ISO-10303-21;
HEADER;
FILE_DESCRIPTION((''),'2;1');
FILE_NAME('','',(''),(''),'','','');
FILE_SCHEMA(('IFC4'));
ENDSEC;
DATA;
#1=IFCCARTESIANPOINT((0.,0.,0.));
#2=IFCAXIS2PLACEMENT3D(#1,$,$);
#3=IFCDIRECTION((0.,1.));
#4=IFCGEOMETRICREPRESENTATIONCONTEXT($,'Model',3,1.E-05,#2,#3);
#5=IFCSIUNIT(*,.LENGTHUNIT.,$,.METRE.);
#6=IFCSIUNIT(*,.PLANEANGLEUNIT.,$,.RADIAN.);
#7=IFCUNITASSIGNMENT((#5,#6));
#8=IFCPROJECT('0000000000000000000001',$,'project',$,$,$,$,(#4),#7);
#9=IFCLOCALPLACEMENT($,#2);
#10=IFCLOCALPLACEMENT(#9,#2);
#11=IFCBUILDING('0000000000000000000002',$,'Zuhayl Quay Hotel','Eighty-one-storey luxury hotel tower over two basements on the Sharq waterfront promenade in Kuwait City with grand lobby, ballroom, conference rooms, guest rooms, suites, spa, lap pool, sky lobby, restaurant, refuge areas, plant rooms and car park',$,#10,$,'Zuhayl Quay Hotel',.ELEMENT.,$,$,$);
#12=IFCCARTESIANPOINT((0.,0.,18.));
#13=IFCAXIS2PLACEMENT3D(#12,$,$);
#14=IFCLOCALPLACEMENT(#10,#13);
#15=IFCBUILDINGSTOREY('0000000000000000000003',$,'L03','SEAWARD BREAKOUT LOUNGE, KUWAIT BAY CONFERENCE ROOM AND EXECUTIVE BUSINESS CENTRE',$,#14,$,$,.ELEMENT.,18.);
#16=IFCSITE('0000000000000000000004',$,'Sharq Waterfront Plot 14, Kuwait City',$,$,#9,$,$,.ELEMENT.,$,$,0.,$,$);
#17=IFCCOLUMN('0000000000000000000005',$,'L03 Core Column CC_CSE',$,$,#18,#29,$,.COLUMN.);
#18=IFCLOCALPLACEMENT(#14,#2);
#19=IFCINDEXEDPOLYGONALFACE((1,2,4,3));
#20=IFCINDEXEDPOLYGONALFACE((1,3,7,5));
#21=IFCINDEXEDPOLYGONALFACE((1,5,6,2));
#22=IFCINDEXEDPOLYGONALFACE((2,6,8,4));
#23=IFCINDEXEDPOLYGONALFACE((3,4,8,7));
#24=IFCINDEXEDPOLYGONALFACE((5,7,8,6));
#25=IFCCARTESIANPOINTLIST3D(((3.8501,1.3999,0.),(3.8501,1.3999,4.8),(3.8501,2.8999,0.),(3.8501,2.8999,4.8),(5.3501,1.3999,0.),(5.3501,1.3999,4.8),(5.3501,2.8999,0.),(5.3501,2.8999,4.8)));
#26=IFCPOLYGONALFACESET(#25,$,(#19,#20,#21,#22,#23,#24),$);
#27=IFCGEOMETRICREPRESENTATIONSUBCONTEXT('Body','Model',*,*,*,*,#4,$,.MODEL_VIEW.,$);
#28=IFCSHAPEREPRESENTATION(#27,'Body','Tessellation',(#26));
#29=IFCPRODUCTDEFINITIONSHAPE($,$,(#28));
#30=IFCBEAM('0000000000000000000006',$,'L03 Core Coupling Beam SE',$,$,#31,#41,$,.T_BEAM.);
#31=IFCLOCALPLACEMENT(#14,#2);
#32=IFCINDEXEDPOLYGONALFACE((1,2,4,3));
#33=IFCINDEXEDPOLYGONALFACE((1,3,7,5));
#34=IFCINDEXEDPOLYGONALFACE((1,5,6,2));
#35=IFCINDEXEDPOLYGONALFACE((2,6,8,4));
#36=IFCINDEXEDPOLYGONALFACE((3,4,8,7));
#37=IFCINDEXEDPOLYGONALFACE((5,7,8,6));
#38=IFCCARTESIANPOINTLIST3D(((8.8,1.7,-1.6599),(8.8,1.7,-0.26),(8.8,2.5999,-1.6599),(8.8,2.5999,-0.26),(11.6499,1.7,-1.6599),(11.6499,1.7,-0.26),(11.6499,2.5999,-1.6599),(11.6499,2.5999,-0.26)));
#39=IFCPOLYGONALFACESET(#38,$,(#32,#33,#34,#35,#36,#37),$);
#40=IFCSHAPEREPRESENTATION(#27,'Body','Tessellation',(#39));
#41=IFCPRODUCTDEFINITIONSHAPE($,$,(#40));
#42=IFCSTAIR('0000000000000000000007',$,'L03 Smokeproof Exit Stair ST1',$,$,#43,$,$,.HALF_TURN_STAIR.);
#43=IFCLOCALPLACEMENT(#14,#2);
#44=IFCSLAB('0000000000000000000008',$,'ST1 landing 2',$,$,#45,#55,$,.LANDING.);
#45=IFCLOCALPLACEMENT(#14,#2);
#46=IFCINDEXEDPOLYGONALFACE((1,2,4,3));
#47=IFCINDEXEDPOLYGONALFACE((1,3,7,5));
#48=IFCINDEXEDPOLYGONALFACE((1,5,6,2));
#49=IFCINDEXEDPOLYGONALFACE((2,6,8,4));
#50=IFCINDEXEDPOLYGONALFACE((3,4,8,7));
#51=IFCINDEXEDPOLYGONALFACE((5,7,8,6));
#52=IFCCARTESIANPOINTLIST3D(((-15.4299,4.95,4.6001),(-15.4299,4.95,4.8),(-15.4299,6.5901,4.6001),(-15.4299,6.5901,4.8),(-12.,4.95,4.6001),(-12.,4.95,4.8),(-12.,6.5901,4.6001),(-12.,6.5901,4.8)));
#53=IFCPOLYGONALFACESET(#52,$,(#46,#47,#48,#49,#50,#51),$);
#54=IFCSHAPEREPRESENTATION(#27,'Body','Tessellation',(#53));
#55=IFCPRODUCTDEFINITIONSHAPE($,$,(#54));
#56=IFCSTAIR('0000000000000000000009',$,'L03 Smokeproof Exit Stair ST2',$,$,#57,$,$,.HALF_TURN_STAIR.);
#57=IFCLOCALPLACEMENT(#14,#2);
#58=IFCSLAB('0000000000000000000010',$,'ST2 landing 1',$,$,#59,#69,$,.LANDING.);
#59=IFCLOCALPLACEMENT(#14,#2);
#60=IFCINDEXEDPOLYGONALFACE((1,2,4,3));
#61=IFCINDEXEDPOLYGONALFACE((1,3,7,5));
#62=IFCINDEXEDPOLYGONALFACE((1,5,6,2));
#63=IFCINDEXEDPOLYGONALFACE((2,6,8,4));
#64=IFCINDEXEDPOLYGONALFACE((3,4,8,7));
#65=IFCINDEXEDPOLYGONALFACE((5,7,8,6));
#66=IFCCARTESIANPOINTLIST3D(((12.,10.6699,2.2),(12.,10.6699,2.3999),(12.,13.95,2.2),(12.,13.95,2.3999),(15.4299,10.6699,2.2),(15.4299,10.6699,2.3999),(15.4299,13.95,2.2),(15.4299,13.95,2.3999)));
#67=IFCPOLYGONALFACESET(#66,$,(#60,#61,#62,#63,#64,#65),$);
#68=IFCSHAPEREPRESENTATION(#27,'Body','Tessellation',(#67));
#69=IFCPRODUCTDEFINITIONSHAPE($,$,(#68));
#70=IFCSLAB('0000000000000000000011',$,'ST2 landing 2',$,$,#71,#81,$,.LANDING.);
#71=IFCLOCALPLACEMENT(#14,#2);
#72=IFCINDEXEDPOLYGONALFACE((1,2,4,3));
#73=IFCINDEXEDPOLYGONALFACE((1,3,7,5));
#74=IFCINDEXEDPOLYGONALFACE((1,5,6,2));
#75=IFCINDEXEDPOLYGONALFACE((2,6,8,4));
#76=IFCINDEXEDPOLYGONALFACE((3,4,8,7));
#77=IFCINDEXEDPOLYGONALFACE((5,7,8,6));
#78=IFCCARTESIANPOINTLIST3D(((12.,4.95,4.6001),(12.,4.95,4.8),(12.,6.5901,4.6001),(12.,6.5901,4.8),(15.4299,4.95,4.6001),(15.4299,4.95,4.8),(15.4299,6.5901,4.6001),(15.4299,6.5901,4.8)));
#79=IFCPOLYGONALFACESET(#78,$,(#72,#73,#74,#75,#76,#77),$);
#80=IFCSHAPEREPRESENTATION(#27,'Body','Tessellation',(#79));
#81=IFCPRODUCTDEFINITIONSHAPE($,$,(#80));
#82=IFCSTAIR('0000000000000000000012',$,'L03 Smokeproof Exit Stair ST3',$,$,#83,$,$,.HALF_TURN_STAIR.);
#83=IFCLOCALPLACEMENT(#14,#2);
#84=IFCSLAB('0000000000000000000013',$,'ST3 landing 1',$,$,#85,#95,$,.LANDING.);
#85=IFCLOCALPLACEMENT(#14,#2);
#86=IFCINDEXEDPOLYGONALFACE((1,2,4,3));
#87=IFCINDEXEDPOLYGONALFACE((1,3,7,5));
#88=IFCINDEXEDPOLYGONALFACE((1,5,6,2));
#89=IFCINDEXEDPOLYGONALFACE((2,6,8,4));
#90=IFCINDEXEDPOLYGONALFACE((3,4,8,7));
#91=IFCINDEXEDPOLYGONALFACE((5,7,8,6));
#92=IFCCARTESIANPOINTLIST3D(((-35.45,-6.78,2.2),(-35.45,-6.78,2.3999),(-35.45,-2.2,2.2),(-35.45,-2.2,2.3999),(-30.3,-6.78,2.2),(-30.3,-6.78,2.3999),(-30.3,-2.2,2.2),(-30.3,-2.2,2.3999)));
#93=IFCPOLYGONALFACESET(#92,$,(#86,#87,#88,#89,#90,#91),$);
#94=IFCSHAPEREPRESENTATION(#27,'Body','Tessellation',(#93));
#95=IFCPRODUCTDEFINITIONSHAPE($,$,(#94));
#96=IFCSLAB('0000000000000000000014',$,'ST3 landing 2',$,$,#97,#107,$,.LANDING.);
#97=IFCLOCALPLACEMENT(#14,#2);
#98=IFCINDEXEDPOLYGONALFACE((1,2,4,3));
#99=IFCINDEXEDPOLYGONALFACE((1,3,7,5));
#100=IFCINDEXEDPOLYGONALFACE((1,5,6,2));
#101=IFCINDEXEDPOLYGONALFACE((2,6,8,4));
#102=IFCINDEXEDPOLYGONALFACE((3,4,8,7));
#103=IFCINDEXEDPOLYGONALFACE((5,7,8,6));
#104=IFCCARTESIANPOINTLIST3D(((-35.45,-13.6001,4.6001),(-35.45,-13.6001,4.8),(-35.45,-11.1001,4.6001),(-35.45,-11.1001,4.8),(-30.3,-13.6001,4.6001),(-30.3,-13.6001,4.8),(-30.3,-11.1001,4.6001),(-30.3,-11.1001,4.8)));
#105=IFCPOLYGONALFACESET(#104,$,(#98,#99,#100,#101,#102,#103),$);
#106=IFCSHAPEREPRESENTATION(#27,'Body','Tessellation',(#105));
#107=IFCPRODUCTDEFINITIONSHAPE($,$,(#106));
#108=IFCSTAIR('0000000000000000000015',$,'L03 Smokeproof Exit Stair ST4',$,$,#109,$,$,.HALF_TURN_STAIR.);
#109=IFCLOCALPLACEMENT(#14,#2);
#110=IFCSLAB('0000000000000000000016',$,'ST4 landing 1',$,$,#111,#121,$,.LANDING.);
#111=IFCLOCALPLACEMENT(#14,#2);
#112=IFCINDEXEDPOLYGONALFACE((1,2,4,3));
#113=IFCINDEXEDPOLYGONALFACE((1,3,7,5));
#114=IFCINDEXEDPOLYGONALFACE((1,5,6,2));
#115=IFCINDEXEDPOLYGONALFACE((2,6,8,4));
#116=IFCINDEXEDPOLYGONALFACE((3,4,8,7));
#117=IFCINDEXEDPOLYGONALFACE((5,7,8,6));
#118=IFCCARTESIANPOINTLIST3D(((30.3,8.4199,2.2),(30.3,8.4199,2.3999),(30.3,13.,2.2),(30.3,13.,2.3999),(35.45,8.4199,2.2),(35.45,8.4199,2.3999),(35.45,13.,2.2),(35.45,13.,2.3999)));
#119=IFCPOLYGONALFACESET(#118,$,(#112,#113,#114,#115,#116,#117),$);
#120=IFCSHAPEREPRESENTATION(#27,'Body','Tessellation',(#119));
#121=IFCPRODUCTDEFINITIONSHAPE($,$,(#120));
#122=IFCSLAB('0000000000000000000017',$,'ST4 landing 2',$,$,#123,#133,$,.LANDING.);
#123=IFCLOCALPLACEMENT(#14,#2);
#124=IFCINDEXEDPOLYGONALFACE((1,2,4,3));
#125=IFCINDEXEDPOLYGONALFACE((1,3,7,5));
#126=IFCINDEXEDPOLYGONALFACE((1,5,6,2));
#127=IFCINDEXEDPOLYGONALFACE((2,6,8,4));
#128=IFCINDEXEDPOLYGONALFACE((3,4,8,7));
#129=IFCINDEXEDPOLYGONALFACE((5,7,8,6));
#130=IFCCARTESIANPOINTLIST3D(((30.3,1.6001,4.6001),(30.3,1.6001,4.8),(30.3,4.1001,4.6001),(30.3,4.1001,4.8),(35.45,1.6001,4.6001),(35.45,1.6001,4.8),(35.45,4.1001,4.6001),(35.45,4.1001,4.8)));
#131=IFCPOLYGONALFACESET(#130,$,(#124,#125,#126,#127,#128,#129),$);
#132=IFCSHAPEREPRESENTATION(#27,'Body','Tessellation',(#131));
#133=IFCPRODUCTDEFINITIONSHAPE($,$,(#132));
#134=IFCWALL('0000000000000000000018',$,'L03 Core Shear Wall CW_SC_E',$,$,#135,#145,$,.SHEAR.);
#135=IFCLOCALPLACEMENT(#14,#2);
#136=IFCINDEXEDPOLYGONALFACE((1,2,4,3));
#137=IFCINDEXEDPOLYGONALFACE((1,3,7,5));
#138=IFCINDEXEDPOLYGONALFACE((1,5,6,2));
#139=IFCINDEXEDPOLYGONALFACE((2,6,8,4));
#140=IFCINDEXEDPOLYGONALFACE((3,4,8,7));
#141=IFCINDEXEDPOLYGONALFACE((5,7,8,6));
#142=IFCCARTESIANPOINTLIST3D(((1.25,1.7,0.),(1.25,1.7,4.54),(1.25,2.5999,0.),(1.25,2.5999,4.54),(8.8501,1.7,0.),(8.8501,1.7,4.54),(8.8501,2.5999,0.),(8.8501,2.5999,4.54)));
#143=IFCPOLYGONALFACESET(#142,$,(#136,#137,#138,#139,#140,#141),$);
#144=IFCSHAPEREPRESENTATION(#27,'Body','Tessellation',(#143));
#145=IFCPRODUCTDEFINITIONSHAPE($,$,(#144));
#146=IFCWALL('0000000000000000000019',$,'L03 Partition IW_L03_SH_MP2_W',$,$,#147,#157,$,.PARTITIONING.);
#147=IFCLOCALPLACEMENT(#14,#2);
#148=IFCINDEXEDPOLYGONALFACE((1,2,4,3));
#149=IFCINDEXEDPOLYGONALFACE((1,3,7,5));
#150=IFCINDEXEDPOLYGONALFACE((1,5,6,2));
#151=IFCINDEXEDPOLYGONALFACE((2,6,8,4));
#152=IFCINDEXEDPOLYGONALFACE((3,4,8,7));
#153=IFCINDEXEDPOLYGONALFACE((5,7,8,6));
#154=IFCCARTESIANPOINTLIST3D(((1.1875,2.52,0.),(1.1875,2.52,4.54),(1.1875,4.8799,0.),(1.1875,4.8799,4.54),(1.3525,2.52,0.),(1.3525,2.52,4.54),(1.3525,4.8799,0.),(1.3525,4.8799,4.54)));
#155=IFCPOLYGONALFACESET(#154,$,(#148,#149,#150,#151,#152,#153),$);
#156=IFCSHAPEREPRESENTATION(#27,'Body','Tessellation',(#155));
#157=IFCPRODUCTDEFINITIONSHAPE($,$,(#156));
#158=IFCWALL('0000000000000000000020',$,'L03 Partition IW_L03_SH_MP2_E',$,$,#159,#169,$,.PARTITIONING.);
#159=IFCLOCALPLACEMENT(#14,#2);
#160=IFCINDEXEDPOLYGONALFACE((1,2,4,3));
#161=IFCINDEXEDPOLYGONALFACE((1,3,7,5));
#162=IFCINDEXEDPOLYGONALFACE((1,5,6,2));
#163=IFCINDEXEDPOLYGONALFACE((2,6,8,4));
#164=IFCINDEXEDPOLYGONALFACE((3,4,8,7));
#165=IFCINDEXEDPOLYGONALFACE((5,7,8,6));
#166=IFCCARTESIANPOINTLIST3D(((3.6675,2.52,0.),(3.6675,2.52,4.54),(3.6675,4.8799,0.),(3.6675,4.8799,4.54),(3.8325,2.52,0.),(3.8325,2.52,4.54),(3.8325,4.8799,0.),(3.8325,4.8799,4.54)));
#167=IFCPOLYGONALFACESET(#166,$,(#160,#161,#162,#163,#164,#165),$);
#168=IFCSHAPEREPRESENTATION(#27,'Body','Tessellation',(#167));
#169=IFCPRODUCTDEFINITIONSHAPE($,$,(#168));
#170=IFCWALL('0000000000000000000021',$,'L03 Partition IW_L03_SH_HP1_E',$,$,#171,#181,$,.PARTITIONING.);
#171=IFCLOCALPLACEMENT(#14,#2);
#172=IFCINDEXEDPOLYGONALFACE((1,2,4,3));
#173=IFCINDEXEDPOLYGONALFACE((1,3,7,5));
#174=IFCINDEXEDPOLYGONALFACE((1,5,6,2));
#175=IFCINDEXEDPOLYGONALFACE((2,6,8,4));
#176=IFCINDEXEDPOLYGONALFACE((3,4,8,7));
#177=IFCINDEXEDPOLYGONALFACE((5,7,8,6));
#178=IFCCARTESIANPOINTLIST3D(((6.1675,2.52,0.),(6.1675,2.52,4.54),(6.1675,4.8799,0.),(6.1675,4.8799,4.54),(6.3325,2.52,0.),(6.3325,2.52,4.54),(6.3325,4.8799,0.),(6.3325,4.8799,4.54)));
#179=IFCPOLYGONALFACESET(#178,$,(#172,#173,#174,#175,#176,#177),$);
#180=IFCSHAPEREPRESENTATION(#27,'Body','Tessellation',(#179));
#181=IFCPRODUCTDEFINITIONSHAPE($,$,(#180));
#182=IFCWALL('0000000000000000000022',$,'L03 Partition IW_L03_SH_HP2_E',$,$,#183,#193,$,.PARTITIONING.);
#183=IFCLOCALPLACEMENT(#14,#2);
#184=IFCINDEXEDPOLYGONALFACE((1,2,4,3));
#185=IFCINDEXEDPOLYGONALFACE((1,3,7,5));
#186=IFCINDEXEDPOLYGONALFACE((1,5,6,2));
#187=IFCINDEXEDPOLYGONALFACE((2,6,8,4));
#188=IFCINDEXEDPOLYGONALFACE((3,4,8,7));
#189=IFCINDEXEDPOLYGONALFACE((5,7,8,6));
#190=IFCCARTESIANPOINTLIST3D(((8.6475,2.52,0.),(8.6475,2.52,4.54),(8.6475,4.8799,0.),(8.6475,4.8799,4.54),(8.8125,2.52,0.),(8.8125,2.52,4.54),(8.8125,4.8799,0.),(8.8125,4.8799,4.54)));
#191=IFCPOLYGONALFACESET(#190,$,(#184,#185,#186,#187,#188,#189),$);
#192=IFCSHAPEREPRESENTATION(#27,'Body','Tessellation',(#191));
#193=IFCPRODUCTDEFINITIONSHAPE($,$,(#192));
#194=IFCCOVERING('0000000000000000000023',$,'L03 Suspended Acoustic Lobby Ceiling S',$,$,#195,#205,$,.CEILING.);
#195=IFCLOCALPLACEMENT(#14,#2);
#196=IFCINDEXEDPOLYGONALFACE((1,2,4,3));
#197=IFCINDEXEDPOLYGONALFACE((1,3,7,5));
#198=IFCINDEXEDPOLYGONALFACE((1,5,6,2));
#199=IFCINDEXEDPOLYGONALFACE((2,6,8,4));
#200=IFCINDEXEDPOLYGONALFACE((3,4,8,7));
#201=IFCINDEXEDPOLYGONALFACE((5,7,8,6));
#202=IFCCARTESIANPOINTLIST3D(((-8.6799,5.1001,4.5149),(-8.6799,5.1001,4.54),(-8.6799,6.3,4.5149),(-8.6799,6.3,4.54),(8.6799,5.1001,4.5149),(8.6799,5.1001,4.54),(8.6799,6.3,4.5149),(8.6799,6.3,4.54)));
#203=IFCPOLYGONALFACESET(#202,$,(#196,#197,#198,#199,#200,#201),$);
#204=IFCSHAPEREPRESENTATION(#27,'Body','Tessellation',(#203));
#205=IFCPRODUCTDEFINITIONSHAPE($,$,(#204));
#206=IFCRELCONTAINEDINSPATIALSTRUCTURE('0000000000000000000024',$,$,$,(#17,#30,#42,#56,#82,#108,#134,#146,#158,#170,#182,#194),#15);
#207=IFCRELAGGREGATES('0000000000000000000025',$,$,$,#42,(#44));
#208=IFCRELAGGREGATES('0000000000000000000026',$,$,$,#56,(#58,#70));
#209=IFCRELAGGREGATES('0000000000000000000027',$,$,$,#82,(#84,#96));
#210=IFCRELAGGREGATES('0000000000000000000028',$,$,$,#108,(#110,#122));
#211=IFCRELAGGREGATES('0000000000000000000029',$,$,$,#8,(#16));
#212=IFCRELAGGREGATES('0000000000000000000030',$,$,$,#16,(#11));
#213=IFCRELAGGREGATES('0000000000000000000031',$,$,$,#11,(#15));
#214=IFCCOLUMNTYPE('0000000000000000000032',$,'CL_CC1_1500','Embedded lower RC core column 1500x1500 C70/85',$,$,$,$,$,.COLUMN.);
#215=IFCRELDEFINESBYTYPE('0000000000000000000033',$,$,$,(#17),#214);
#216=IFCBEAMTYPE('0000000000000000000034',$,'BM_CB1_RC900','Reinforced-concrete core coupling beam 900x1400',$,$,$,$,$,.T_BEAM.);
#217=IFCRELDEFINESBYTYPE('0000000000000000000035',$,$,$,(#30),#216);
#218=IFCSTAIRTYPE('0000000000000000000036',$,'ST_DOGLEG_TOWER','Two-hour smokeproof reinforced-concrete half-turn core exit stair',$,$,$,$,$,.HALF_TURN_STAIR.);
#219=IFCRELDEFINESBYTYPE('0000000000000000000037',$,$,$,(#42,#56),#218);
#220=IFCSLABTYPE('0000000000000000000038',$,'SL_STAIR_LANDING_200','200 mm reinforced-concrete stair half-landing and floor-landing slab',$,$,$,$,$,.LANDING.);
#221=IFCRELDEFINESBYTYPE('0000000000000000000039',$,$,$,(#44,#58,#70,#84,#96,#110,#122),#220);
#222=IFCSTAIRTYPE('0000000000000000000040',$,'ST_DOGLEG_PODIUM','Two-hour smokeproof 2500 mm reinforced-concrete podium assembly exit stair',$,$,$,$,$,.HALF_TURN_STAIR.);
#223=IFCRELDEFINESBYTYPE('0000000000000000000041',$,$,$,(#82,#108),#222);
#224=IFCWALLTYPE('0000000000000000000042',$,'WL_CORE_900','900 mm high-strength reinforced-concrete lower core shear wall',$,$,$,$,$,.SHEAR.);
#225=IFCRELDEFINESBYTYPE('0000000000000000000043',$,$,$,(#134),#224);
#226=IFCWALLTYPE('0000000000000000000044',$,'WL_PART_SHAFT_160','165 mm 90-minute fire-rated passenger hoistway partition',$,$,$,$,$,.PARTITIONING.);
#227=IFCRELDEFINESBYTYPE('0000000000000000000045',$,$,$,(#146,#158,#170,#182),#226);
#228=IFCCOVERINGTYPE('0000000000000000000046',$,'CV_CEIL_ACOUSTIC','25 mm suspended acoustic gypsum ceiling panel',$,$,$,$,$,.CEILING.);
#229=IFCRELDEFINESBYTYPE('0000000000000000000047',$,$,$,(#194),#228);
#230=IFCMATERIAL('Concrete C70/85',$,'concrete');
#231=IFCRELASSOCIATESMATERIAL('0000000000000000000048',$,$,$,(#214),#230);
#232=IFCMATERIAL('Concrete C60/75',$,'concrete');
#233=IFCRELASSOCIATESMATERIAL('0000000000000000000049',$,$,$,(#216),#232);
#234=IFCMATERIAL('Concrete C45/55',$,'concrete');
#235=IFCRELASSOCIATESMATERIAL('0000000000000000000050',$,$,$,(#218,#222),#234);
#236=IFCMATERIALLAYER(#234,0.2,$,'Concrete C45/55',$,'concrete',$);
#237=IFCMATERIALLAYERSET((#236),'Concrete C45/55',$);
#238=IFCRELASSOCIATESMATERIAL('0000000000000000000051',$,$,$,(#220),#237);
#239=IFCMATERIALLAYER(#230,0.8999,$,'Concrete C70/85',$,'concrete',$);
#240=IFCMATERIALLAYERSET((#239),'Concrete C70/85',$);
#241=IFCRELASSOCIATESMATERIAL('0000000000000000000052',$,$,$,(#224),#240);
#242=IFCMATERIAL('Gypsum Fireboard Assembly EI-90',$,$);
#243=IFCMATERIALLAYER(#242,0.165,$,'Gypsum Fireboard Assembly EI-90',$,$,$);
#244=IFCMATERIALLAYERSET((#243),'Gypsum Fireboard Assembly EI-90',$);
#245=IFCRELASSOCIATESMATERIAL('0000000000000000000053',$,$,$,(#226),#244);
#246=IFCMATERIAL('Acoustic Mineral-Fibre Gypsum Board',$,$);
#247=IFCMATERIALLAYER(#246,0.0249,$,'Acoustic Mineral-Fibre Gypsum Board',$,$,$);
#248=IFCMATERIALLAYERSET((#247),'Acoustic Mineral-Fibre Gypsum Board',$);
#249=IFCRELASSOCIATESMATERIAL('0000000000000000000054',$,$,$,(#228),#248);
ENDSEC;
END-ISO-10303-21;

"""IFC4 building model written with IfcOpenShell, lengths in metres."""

from ifc_helpers import new_model, si_unit, direction, frame, frame_2d, origin, origin_2d, place, context, subcontext, project, spatial, polyline, rectangle, outline, extrude, material, layer, layer_set, material_profile, profile_set, type_object, element, aggregate, save


model = new_model("IFC4")

# Units and contexts
model_context = context("Model", 3, precision=1e-05, world=origin(), true_north=direction((0.0, 1.0)))
body_context = subcontext(model_context, "Body", "Model", "MODEL_VIEW")
ifc_project = project(units=[si_unit("LENGTHUNIT", "METRE"), si_unit("PLANEANGLEUNIT", "RADIAN")], contexts=[model_context])

# Site, building, storey
site_placement = place(None, origin())
site = spatial("IfcSite", under=ifc_project, at=site_placement, Name="Sharq Waterfront Plot 14, Kuwait City", CompositionType="ELEMENT", RefElevation=0.0)
building_placement = place(site_placement, origin())
building = spatial("IfcBuilding", under=site, at=building_placement, Name="Zuhayl Quay Hotel", Description="Eighty-one-storey luxury hotel tower over two basements on the Sharq waterfront promenade in Kuwait City with grand lobby, ballroom, conference rooms, guest rooms, suites, spa, lap pool, sky lobby, restaurant, refuge areas, plant rooms and car park", LongName="Zuhayl Quay Hotel", CompositionType="ELEMENT")
storey_placement = place(building_placement, frame((0.0, 0.0, 18.0)))
storey = spatial("IfcBuildingStorey", under=building, at=storey_placement, Name="L03", Description="SEAWARD BREAKOUT LOUNGE, KUWAIT BAY CONFERENCE ROOM AND EXECUTIVE BUSINESS CENTRE", CompositionType="ELEMENT", Elevation=18.0)

# Column
ifc_material_1 = material(Name="Concrete C70/85", Category="concrete")
ifc_material_profile_1 = material_profile(ifc_material_1, rectangle(XDim=1.5, YDim=1.5, at=origin_2d()), Name="RC1500X1500")
ifc_profile_set_1 = profile_set([ifc_material_profile_1], Name="Concrete C70/85")
column_type = type_object("IfcColumnType", Name="CL_CC1_1500", Description="Embedded lower RC core column 1500x1500 C70/85", PredefinedType="COLUMN", material=ifc_profile_set_1)
column_placement = place(storey_placement, frame((4.6001, 2.1499, 0.0), z_axis=(0.0, 0.0, 1.0), x_axis=(1.0, 0.0, 0.0)))
element("IfcColumn", 1, at=column_placement, inside=storey, type_object=column_type, Name="L03 Core Column CC_CSE", PredefinedType="COLUMN", context=body_context, shape_type="SweptSolid", body=[
    extrude(rectangle(XDim=1.5, YDim=1.5, at=origin_2d()), origin(), (0.0, 0.0, 1.0), 4.8),
])

# Beam
ifc_material_2 = material(Name="Concrete C60/75", Category="concrete")
ifc_material_profile_2 = material_profile(ifc_material_2, rectangle(XDim=0.8999, YDim=1.3999, at=origin_2d()), Name="RC900X1400")
ifc_profile_set_2 = profile_set([ifc_material_profile_2], Name="Concrete C60/75")
beam_type = type_object("IfcBeamType", Name="BM_CB1_RC900", Description="Reinforced-concrete core coupling beam 900x1400", PredefinedType="T_BEAM", material=ifc_profile_set_2)
beam_placement = place(storey_placement, frame((8.8, 2.1499, -0.96), z_axis=(1.0, 0.0, 0.0), x_axis=(0.0, 1.0, 0.0)))
element("IfcBeam", 2, at=beam_placement, inside=storey, type_object=beam_type, Name="L03 Core Coupling Beam SE", PredefinedType="T_BEAM", context=body_context, shape_type="SweptSolid", body=[
    extrude(rectangle(XDim=0.8999, YDim=1.3999, at=origin_2d()), origin(), (0.0, 0.0, 1.0), 2.8499),
])

# Stair, slab
ifc_material_3 = material(Name="Concrete C45/55", Category="concrete")
stair_type_1 = type_object("IfcStairType", Name="ST_DOGLEG_TOWER", Description="Two-hour smokeproof reinforced-concrete half-turn core exit stair", PredefinedType="HALF_TURN_STAIR", material=ifc_material_3)
stair_1_placement = place(storey_placement, origin())
stair_1 = element("IfcStair", 3, at=stair_1_placement, inside=storey, type_object=stair_type_1, Name="L03 Smokeproof Exit Stair ST1", PredefinedType="HALF_TURN_STAIR")
ifc_layer_1 = layer(ifc_material_3, 0.2, Name="Concrete C45/55", Category="concrete")
ifc_layer_set_1 = layer_set([ifc_layer_1], Name="Concrete C45/55")
slab_type = type_object("IfcSlabType", Name="SL_STAIR_LANDING_200", Description="200 mm reinforced-concrete stair half-landing and floor-landing slab", PredefinedType="LANDING", material=ifc_layer_set_1)
slab_1_placement = place(storey_placement, frame((0.0, 0.0, 4.6001)))
slab_1 = element("IfcSlab", 4, at=slab_1_placement, type_object=slab_type, Name="ST1 landing 2", PredefinedType="LANDING", context=body_context, shape_type="SweptSolid", body=[
    extrude(outline(polyline([(-12.0, 4.95), (-12.0, 6.5901), (-15.4299, 6.5901), (-15.4299, 4.95), (-12.0, 4.95)])), origin(), (0.0, 0.0, 1.0), 0.2),
])
aggregate(stair_1, [slab_1])

# Stairs, slabs
stair_2_placement = place(storey_placement, origin())
stair_2 = element("IfcStair", 5, at=stair_2_placement, inside=storey, type_object=stair_type_1, Name="L03 Smokeproof Exit Stair ST2", PredefinedType="HALF_TURN_STAIR")
slab_2_placement = place(storey_placement, frame((0.0, 0.0, 2.2)))
slab_2 = element("IfcSlab", 6, at=slab_2_placement, type_object=slab_type, Name="ST2 landing 1", PredefinedType="LANDING", context=body_context, shape_type="SweptSolid", body=[
    extrude(outline(polyline([(15.4299, 10.6699), (15.4299, 13.95), (12.0, 13.95), (12.0, 10.6699), (15.4299, 10.6699)])), origin(), (0.0, 0.0, 1.0), 0.2),
])
slab_3_placement = place(storey_placement, frame((0.0, 0.0, 4.6001)))
slab_3 = element("IfcSlab", 7, at=slab_3_placement, type_object=slab_type, Name="ST2 landing 2", PredefinedType="LANDING", context=body_context, shape_type="SweptSolid", body=[
    extrude(outline(polyline([(15.4299, 4.95), (15.4299, 6.5901), (12.0, 6.5901), (12.0, 4.95), (15.4299, 4.95)])), origin(), (0.0, 0.0, 1.0), 0.2),
])
aggregate(stair_2, [slab_2, slab_3])
stair_type_2 = type_object("IfcStairType", Name="ST_DOGLEG_PODIUM", Description="Two-hour smokeproof 2500 mm reinforced-concrete podium assembly exit stair", PredefinedType="HALF_TURN_STAIR", material=ifc_material_3)
stair_3_placement = place(storey_placement, origin())
stair_3 = element("IfcStair", 8, at=stair_3_placement, inside=storey, type_object=stair_type_2, Name="L03 Smokeproof Exit Stair ST3", PredefinedType="HALF_TURN_STAIR")
slab_4_placement = place(storey_placement, frame((0.0, 0.0, 2.2)))
slab_4 = element("IfcSlab", 9, at=slab_4_placement, type_object=slab_type, Name="ST3 landing 1", PredefinedType="LANDING", context=body_context, shape_type="SweptSolid", body=[
    extrude(outline(polyline([(-30.3, -6.78), (-30.3, -2.2), (-35.45, -2.2), (-35.45, -6.78), (-30.3, -6.78)])), origin(), (0.0, 0.0, 1.0), 0.2),
])
slab_5_placement = place(storey_placement, frame((0.0, 0.0, 4.6001)))
slab_5 = element("IfcSlab", 10, at=slab_5_placement, type_object=slab_type, Name="ST3 landing 2", PredefinedType="LANDING", context=body_context, shape_type="SweptSolid", body=[
    extrude(outline(polyline([(-30.3, -13.6001), (-30.3, -11.1001), (-35.45, -11.1001), (-35.45, -13.6001), (-30.3, -13.6001)])), origin(), (0.0, 0.0, 1.0), 0.2),
])
aggregate(stair_3, [slab_4, slab_5])
stair_4_placement = place(storey_placement, origin())
stair_4 = element("IfcStair", 11, at=stair_4_placement, inside=storey, type_object=stair_type_2, Name="L03 Smokeproof Exit Stair ST4", PredefinedType="HALF_TURN_STAIR")
slab_6_placement = place(storey_placement, frame((0.0, 0.0, 2.2)))
slab_6 = element("IfcSlab", 12, at=slab_6_placement, type_object=slab_type, Name="ST4 landing 1", PredefinedType="LANDING", context=body_context, shape_type="SweptSolid", body=[
    extrude(outline(polyline([(35.45, 8.4199), (35.45, 13.0), (30.3, 13.0), (30.3, 8.4199), (35.45, 8.4199)])), origin(), (0.0, 0.0, 1.0), 0.2),
])
slab_7_placement = place(storey_placement, frame((0.0, 0.0, 4.6001)))
slab_7 = element("IfcSlab", 13, at=slab_7_placement, type_object=slab_type, Name="ST4 landing 2", PredefinedType="LANDING", context=body_context, shape_type="SweptSolid", body=[
    extrude(outline(polyline([(35.45, 1.6001), (35.45, 4.1001), (30.3, 4.1001), (30.3, 1.6001), (35.45, 1.6001)])), origin(), (0.0, 0.0, 1.0), 0.2),
])
aggregate(stair_4, [slab_6, slab_7])

# Walls
ifc_layer_2 = layer(ifc_material_1, 0.8999, Name="Concrete C70/85", Category="concrete")
ifc_layer_set_2 = layer_set([ifc_layer_2], Name="Concrete C70/85")
wall_type_1 = type_object("IfcWallType", Name="WL_CORE_900", Description="900 mm high-strength reinforced-concrete lower core shear wall", PredefinedType="SHEAR", material=ifc_layer_set_2)
wall_placement = place(storey_placement, frame((1.25, 2.1499, 0.0), z_axis=(0.0, 0.0, 1.0), x_axis=(1.0, 0.0, 0.0)))
element("IfcWall", 14, at=wall_placement, inside=storey, type_object=wall_type_1, Name="L03 Core Shear Wall CW_SC_E", PredefinedType="SHEAR", context=body_context, shape_type="SweptSolid", body=[
    extrude(rectangle(XDim=7.6001, YDim=0.8999, at=frame_2d((3.8, 0.0))), origin(), (0.0, 0.0, 1.0), 4.54),
])
ifc_material_4 = material(Name="Gypsum Fireboard Assembly EI-90")
ifc_layer_3 = layer(ifc_material_4, 0.165, Name="Gypsum Fireboard Assembly EI-90")
ifc_layer_set_3 = layer_set([ifc_layer_3], Name="Gypsum Fireboard Assembly EI-90")
wall_type_2 = type_object("IfcWallType", Name="WL_PART_SHAFT_160", Description="165 mm 90-minute fire-rated passenger hoistway partition", PredefinedType="PARTITIONING", material=ifc_layer_set_3)
for number, where, z_axis, x_axis, name in (
    (15, (1.27, 2.52, 0.0), (0.0, 0.0, 1.0), (0.0, 1.0, 0.0), "L03 Partition IW_L03_SH_MP2_W"),
    (16, (3.75, 2.52, 0.0), (0.0, 0.0, 1.0), (0.0, 1.0, 0.0), "L03 Partition IW_L03_SH_MP2_E"),
    (17, (6.25, 2.52, 0.0), (0.0, 0.0, 1.0), (0.0, 1.0, 0.0), "L03 Partition IW_L03_SH_HP1_E"),
    (18, (8.73, 2.52, 0.0), (0.0, 0.0, 1.0), (0.0, 1.0, 0.0), "L03 Partition IW_L03_SH_HP2_E"),
):
    element("IfcWall", number, at=place(storey_placement, frame(where, z_axis=z_axis, x_axis=x_axis)), inside=storey, type_object=wall_type_2, Name=name, PredefinedType="PARTITIONING", context=body_context, shape_type="SweptSolid", body=[
        extrude(rectangle(XDim=2.3599, YDim=0.165, at=frame_2d((1.1799, 0.0))), origin(), (0.0, 0.0, 1.0), 4.54),
    ])

# Covering
ifc_material_5 = material(Name="Acoustic Mineral-Fibre Gypsum Board")
ifc_layer_4 = layer(ifc_material_5, 0.0249, Name="Acoustic Mineral-Fibre Gypsum Board")
ifc_layer_set_4 = layer_set([ifc_layer_4], Name="Acoustic Mineral-Fibre Gypsum Board")
covering_type_1 = type_object("IfcCoveringType", Name="CV_CEIL_ACOUSTIC", Description="25 mm suspended acoustic gypsum ceiling panel", PredefinedType="CEILING", material=ifc_layer_set_4)
covering_1_placement = place(storey_placement, frame((0.0, 0.0, 4.5149)))
element("IfcCovering", 19, at=covering_1_placement, inside=storey, type_object=covering_type_1, Name="L03 Suspended Acoustic Lobby Ceiling S", PredefinedType="CEILING", context=body_context, shape_type="SweptSolid", body=[
    extrude(outline(polyline([(-8.6799, 5.1001), (8.6799, 5.1001), (8.6799, 6.3), (-8.6799, 6.3), (-8.6799, 5.1001)])), origin(), (0.0, 0.0, 1.0), 0.0251),
])

save(model, "model.ifc")
